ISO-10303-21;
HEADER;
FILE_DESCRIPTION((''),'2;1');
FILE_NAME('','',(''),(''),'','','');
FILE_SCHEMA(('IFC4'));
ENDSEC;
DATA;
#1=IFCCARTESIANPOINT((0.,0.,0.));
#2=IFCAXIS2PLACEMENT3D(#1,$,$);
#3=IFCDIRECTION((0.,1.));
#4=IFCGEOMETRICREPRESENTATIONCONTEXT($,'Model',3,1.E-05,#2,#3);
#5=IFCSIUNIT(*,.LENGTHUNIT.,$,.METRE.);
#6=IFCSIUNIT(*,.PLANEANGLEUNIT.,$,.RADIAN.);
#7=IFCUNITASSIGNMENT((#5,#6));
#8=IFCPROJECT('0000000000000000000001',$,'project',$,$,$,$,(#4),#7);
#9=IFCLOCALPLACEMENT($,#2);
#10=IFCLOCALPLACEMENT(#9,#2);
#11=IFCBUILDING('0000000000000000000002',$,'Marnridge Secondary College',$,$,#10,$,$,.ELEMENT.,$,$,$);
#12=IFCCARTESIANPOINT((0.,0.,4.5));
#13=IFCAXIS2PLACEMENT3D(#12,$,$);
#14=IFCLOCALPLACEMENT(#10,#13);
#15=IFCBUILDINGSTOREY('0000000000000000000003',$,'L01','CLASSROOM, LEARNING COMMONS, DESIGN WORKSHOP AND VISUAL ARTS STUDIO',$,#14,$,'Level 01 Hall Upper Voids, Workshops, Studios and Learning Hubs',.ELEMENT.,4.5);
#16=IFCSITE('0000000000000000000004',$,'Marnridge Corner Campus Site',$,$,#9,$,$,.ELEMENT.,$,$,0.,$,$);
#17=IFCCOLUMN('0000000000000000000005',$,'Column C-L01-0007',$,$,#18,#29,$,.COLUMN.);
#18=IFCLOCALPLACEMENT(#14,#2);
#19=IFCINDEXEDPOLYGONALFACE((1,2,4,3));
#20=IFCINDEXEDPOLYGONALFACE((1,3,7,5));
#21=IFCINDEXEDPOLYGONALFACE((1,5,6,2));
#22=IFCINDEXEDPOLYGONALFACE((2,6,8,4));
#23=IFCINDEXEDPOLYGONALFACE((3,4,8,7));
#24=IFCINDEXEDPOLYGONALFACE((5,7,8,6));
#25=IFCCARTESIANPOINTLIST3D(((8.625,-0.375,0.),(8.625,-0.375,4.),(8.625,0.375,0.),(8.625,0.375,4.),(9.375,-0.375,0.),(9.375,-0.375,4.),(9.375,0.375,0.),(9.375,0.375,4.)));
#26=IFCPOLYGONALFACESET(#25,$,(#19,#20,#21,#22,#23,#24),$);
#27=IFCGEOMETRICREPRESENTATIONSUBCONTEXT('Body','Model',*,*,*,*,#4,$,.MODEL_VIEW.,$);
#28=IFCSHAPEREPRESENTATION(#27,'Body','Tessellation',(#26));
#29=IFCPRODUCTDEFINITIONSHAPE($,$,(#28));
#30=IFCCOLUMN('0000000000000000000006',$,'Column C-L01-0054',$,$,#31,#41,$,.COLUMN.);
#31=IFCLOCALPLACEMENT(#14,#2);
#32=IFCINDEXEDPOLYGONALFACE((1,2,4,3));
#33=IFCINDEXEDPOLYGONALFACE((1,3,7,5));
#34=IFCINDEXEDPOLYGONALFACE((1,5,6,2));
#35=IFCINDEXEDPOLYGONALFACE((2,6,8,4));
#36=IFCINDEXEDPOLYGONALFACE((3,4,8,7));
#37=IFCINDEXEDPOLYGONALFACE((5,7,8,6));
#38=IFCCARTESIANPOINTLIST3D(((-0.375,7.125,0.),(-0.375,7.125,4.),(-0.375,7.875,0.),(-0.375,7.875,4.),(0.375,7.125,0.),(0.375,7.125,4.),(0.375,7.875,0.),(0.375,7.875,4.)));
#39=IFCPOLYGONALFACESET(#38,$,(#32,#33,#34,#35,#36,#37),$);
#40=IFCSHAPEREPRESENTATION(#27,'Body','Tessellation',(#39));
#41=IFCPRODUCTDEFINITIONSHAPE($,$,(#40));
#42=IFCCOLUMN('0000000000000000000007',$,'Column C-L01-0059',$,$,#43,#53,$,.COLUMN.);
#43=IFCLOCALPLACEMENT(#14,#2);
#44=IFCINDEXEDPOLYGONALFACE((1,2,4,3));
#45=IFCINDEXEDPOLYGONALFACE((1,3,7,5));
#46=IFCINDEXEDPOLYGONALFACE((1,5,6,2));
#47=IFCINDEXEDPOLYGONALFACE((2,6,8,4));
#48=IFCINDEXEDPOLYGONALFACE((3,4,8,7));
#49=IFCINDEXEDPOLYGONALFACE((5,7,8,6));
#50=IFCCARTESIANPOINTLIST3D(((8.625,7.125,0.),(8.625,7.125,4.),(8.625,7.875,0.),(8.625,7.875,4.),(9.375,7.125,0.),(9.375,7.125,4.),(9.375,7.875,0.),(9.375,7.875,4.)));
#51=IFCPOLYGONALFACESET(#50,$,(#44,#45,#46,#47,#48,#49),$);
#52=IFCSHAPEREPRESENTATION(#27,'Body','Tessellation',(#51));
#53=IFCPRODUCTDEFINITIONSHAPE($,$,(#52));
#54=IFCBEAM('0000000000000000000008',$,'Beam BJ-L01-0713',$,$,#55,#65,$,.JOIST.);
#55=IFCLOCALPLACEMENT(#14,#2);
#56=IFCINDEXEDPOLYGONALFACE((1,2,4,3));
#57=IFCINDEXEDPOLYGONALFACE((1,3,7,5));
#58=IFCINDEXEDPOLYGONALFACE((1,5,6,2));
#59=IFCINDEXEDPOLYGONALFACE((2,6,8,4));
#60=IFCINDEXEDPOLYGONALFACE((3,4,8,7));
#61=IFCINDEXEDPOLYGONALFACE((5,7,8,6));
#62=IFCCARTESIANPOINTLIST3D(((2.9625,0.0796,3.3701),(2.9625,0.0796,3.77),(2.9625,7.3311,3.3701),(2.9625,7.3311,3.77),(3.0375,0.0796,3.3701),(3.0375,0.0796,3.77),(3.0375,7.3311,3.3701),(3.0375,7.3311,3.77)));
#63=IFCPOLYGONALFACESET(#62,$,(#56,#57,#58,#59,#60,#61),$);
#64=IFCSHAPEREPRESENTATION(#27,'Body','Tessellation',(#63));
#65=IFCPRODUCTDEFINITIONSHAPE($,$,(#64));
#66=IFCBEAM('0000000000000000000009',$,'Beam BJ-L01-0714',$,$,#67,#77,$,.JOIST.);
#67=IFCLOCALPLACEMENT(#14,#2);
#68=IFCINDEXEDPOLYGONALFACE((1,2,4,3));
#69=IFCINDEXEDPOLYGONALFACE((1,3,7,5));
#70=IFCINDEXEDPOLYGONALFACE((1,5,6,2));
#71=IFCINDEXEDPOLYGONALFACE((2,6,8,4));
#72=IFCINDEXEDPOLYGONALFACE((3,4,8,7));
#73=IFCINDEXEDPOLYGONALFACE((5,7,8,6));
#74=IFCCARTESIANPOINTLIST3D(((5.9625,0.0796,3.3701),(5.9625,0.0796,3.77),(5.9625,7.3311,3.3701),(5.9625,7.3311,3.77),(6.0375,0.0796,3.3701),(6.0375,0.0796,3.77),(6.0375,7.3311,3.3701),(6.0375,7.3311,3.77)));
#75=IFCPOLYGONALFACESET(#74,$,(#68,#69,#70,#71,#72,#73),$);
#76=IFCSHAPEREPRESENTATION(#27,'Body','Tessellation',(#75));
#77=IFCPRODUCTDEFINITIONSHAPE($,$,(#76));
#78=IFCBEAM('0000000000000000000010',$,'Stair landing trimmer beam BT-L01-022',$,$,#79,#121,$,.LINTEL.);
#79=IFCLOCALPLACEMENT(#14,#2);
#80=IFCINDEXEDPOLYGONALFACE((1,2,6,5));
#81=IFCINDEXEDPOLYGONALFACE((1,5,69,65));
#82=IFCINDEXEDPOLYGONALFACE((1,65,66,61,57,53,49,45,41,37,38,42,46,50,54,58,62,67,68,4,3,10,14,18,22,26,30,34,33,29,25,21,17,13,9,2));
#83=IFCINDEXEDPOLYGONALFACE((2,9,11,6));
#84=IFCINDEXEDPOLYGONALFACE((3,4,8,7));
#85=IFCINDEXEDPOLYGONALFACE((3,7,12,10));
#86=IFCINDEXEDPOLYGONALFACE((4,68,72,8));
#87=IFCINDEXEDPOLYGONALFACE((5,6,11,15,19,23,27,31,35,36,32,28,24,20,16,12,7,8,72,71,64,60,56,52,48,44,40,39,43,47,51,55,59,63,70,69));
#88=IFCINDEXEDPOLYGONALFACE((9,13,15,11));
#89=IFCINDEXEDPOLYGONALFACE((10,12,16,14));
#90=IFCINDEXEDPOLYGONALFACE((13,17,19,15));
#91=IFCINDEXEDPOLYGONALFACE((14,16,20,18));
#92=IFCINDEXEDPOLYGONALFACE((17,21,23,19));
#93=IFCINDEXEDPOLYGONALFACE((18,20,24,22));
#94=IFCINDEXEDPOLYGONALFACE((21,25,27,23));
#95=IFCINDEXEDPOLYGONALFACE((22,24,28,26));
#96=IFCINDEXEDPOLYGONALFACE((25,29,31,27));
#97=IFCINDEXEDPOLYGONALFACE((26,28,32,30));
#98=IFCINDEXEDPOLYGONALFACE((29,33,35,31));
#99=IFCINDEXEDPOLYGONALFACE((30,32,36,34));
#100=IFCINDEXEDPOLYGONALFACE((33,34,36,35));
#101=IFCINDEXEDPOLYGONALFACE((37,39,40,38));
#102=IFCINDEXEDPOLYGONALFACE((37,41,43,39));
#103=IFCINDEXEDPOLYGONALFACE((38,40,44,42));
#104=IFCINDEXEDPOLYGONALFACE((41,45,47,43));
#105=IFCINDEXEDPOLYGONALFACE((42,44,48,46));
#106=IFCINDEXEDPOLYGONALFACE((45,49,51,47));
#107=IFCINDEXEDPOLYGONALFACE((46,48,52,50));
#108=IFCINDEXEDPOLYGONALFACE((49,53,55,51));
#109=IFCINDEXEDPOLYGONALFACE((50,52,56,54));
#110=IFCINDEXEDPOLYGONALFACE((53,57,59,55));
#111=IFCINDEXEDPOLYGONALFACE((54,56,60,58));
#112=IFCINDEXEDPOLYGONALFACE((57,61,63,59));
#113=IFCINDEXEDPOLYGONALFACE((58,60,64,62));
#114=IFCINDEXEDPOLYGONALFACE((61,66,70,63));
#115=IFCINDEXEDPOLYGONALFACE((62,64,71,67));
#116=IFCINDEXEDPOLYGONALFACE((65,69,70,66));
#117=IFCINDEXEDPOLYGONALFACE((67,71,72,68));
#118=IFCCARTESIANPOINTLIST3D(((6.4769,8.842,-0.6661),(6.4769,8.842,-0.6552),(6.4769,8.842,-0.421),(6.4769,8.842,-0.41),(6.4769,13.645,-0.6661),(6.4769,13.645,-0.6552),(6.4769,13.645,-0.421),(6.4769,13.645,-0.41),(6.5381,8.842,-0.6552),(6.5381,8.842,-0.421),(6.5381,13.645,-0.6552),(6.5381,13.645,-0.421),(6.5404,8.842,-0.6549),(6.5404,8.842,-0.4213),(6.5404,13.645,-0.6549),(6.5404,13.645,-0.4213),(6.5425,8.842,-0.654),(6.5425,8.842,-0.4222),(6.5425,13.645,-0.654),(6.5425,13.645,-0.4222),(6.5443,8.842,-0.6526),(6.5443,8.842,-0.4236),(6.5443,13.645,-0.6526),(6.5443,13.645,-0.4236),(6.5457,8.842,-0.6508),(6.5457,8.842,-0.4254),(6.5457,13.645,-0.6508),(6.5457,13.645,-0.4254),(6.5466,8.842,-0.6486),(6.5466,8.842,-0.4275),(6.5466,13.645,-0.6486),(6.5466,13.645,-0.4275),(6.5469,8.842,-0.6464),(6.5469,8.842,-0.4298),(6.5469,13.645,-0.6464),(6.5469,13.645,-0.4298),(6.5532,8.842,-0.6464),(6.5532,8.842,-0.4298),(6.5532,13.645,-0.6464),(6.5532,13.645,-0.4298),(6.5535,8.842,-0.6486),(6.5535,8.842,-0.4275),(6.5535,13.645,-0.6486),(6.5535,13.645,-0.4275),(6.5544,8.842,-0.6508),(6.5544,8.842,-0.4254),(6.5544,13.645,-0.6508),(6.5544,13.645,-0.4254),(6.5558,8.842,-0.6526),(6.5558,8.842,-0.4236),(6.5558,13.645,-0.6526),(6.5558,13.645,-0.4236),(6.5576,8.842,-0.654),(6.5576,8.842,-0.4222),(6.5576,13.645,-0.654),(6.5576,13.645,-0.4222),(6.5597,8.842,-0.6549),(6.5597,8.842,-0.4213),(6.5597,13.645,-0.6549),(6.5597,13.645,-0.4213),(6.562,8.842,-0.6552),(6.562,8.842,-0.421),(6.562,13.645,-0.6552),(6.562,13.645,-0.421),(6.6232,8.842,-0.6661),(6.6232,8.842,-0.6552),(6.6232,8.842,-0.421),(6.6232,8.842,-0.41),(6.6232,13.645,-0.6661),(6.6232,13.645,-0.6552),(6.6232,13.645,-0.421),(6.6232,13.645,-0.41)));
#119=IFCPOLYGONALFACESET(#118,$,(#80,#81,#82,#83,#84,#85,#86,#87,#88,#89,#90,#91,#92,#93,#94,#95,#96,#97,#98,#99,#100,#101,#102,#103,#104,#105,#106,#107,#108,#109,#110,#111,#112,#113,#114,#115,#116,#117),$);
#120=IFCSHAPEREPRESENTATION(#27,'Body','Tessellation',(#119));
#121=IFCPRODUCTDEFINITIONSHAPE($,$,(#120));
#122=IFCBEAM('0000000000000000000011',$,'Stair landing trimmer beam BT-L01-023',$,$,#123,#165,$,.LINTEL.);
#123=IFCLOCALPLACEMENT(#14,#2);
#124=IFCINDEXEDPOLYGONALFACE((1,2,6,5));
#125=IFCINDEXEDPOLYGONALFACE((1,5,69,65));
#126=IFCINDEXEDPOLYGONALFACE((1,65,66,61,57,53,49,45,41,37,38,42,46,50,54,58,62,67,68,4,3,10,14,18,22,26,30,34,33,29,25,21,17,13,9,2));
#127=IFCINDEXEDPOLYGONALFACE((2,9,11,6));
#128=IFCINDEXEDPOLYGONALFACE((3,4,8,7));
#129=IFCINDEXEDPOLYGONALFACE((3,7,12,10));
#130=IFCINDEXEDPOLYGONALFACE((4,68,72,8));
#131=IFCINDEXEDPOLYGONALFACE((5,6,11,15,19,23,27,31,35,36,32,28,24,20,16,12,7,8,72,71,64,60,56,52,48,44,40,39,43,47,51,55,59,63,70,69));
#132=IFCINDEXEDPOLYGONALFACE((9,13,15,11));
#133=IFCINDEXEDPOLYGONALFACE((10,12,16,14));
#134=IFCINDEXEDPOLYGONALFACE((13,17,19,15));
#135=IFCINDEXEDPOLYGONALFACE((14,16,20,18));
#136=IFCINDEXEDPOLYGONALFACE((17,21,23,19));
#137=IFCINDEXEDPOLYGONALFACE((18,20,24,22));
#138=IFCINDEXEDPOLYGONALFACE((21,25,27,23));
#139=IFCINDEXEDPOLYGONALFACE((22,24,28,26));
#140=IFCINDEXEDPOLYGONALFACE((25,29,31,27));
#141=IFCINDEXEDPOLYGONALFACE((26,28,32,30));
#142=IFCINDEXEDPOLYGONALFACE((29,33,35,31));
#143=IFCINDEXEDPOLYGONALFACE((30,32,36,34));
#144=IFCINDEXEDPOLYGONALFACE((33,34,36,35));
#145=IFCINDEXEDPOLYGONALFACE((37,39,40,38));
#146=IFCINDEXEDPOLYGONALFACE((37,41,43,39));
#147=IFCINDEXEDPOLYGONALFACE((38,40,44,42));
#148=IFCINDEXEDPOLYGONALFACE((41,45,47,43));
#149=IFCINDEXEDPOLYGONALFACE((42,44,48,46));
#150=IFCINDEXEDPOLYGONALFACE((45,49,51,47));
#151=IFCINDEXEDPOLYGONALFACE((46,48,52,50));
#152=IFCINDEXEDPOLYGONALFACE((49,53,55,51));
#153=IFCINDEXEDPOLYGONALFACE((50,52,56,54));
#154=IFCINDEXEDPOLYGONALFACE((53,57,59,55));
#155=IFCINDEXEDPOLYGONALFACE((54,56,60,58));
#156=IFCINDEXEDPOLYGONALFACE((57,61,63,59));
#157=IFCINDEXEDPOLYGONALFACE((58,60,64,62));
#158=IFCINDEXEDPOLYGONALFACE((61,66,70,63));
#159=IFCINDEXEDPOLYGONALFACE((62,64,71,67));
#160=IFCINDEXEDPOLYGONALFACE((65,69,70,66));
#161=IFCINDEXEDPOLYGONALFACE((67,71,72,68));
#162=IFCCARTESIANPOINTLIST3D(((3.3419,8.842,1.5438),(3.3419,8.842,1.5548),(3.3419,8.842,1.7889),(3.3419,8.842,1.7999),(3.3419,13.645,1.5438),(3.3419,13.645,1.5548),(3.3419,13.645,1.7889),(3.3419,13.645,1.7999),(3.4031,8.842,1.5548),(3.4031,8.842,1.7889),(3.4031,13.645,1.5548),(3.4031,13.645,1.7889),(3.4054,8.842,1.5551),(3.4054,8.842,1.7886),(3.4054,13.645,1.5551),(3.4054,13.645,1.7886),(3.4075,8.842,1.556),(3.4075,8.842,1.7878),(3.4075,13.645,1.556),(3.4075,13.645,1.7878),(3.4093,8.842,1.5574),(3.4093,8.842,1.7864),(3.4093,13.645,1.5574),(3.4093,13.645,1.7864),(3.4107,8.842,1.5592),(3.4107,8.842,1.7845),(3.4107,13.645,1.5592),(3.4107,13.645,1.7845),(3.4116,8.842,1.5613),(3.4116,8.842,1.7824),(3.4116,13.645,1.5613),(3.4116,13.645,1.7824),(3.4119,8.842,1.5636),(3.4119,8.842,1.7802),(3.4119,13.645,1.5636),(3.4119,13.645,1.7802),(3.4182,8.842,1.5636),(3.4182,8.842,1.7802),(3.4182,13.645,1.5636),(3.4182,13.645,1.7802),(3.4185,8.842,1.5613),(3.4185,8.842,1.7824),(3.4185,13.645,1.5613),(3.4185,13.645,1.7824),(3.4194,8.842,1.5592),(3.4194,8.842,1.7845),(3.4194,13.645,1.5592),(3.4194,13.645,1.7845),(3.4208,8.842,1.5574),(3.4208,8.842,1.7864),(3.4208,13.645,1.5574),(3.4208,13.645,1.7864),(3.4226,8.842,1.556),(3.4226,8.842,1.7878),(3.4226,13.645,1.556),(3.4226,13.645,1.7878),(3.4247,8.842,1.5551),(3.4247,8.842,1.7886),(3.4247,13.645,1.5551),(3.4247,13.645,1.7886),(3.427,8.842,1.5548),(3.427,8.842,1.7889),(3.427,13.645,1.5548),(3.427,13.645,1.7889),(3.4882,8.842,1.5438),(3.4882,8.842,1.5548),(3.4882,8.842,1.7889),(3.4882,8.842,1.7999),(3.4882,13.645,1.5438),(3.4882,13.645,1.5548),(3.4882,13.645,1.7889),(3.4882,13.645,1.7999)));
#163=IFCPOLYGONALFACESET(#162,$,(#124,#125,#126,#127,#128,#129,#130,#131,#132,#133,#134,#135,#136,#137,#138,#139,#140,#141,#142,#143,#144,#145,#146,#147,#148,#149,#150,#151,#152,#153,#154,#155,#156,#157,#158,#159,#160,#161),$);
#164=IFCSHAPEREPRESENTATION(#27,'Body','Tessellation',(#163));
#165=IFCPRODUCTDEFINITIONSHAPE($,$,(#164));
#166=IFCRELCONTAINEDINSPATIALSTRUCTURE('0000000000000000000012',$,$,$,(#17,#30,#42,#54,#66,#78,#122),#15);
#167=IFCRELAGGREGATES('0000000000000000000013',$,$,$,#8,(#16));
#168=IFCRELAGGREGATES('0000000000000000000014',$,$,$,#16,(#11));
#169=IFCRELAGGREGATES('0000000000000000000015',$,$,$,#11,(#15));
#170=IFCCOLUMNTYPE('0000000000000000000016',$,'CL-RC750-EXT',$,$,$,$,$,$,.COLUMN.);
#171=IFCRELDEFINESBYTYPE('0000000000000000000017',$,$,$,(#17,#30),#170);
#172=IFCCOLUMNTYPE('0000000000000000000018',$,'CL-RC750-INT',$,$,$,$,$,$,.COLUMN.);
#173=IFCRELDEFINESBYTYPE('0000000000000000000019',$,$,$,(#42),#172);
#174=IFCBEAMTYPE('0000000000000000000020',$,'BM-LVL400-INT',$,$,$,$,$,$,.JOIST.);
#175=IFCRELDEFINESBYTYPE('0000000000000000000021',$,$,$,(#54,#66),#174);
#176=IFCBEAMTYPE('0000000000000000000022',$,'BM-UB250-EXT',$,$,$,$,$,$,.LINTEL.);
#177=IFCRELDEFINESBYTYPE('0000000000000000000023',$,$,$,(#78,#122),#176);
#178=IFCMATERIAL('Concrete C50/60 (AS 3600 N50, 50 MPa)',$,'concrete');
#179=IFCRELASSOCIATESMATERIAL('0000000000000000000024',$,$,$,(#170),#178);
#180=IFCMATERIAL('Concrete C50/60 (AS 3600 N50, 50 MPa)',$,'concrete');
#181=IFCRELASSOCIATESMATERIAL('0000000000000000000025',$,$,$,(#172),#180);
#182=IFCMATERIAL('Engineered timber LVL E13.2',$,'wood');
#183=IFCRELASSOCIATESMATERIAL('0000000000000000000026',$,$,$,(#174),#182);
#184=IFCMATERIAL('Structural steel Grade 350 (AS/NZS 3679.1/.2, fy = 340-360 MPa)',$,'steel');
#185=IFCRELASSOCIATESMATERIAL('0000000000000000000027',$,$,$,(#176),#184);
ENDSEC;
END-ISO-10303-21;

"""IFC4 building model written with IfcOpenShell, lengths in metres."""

from ifc_helpers import new_model, si_unit, direction, frame, origin, origin_2d, place, context, subcontext, project, spatial, rectangle, i_section, extrude, material, material_profile, profile_set, type_object, element, save


model = new_model("IFC4")

# Units and contexts
model_context = context("Model", 3, precision=1e-05, world=origin(), true_north=direction((0.0, 1.0)))
body_context = subcontext(model_context, "Body", "Model", "MODEL_VIEW")
ifc_project = project(units=[si_unit("LENGTHUNIT", "METRE"), si_unit("PLANEANGLEUNIT", "RADIAN")], contexts=[model_context])

# Site, building, storey
site_placement = place(None, origin())
site = spatial("IfcSite", under=ifc_project, at=site_placement, Name="Marnridge Corner Campus Site", CompositionType="ELEMENT", RefElevation=0.0)
building_placement = place(site_placement, origin())
building = spatial("IfcBuilding", under=site, at=building_placement, Name="Marnridge Secondary College", CompositionType="ELEMENT")
storey_placement = place(building_placement, frame((0.0, 0.0, 4.5)))
storey = spatial("IfcBuildingStorey", under=building, at=storey_placement, Name="L01", Description="CLASSROOM, LEARNING COMMONS, DESIGN WORKSHOP AND VISUAL ARTS STUDIO", LongName="Level 01 Hall Upper Voids, Workshops, Studios and Learning Hubs", CompositionType="ELEMENT", Elevation=4.5)

# Columns
ifc_material_1 = material(Name="Concrete C50/60 (AS 3600 N50, 50 MPa)", Category="concrete")
ifc_material_profile_1 = material_profile(ifc_material_1, rectangle(XDim=0.75, YDim=0.75, at=origin_2d()), Name="RC 750x750")
ifc_profile_set_1 = profile_set([ifc_material_profile_1], Name="Concrete C50/60 (AS 3600 N50, 50 MPa)")
column_type_1 = type_object("IfcColumnType", Name="CL-RC750-EXT", PredefinedType="COLUMN", material=ifc_profile_set_1)
for number, where, z_axis, x_axis, name in (
    (1, (9.0, 0.0, 0.0), (0.0, 0.0, 1.0), (1.0, 0.0, 0.0), "Column C-L01-0007"),
    (2, (0.0, 7.5, 0.0), (0.0, 0.0, 1.0), (1.0, 0.0, 0.0), "Column C-L01-0054"),
):
    element("IfcColumn", number, at=place(storey_placement, frame(where, z_axis=z_axis, x_axis=x_axis)), inside=storey, type_object=column_type_1, Name=name, PredefinedType="COLUMN", context=body_context, shape_type="SweptSolid", body=[
        extrude(rectangle(XDim=0.75, YDim=0.75, at=origin_2d()), origin(), (0.0, 0.0, 1.0), 4.0),
    ])
ifc_material_2 = material(Name="Concrete C50/60 (AS 3600 N50, 50 MPa)", Category="concrete")
ifc_material_profile_2 = material_profile(ifc_material_2, rectangle(XDim=0.75, YDim=0.75, at=origin_2d()), Name="RC 750x750")
ifc_profile_set_2 = profile_set([ifc_material_profile_2], Name="Concrete C50/60 (AS 3600 N50, 50 MPa)")
column_type_2 = type_object("IfcColumnType", Name="CL-RC750-INT", PredefinedType="COLUMN", material=ifc_profile_set_2)
column_placement = place(storey_placement, frame((9.0, 7.5, 0.0), z_axis=(0.0, 0.0, 1.0), x_axis=(1.0, 0.0, 0.0)))
element("IfcColumn", 3, at=column_placement, inside=storey, type_object=column_type_2, Name="Column C-L01-0059", PredefinedType="COLUMN", context=body_context, shape_type="SweptSolid", body=[
    extrude(rectangle(XDim=0.75, YDim=0.75, at=origin_2d()), origin(), (0.0, 0.0, 1.0), 4.0),
])

# Beams
ifc_material_3 = material(Name="Engineered timber LVL E13.2", Category="wood")
ifc_material_profile_3 = material_profile(ifc_material_3, rectangle(XDim=0.075, YDim=0.3999, at=origin_2d()), Name="LVL 75x400")
ifc_profile_set_3 = profile_set([ifc_material_profile_3], Name="Engineered timber LVL E13.2")
beam_type_1 = type_object("IfcBeamType", Name="BM-LVL400-INT", PredefinedType="JOIST", material=ifc_profile_set_3)
for number, where, z_axis, x_axis, name in (
    (4, (3.0, 0.0796, 3.5701), (0.0, 1.0, 0.0), (-1.0, 0.0, 0.0), "Beam BJ-L01-0713"),
    (5, (6.0, 0.0796, 3.5701), (0.0, 1.0, 0.0), (-1.0, 0.0, 0.0), "Beam BJ-L01-0714"),
):
    element("IfcBeam", number, at=place(storey_placement, frame(where, z_axis=z_axis, x_axis=x_axis)), inside=storey, type_object=beam_type_1, Name=name, PredefinedType="JOIST", context=body_context, shape_type="SweptSolid", body=[
        extrude(rectangle(XDim=0.075, YDim=0.3999, at=origin_2d()), origin(), (0.0, 0.0, 1.0), 7.2515),
    ])
ifc_material_4 = material(Name="Structural steel Grade 350 (AS/NZS 3679.1/.2, fy = 340-360 MPa)", Category="steel")
ifc_material_profile_4 = material_profile(ifc_material_4, i_section(OverallWidth=0.1462, OverallDepth=0.2561, WebThickness=0.0063, FlangeThickness=0.011, FilletRadius=0.0088, at=origin_2d()), Name="250UB37.3")
ifc_profile_set_4 = profile_set([ifc_material_profile_4], Name="Structural steel Grade 350 (AS/NZS 3679.1/.2, fy = 340-360 MPa)")
beam_type_2 = type_object("IfcBeamType", Name="BM-UB250-EXT", PredefinedType="LINTEL", material=ifc_profile_set_4)
for number, where, z_axis, x_axis, name in (
    (6, (6.55, 8.842, -0.5381), (0.0, 1.0, 0.0), (-1.0, 0.0, 0.0), "Stair landing trimmer beam BT-L01-022"),
    (7, (3.415, 8.842, 1.6719), (0.0, 1.0, 0.0), (-1.0, 0.0, 0.0), "Stair landing trimmer beam BT-L01-023"),
):
    element("IfcBeam", number, at=place(storey_placement, frame(where, z_axis=z_axis, x_axis=x_axis)), inside=storey, type_object=beam_type_2, Name=name, PredefinedType="LINTEL", context=body_context, shape_type="SweptSolid", body=[
        extrude(i_section(OverallWidth=0.1462, OverallDepth=0.2561, WebThickness=0.0063, FlangeThickness=0.011, FilletRadius=0.0088, at=origin_2d()), origin(), (0.0, 0.0, 1.0), 4.803),
    ])

save(model, "model.ifc")
